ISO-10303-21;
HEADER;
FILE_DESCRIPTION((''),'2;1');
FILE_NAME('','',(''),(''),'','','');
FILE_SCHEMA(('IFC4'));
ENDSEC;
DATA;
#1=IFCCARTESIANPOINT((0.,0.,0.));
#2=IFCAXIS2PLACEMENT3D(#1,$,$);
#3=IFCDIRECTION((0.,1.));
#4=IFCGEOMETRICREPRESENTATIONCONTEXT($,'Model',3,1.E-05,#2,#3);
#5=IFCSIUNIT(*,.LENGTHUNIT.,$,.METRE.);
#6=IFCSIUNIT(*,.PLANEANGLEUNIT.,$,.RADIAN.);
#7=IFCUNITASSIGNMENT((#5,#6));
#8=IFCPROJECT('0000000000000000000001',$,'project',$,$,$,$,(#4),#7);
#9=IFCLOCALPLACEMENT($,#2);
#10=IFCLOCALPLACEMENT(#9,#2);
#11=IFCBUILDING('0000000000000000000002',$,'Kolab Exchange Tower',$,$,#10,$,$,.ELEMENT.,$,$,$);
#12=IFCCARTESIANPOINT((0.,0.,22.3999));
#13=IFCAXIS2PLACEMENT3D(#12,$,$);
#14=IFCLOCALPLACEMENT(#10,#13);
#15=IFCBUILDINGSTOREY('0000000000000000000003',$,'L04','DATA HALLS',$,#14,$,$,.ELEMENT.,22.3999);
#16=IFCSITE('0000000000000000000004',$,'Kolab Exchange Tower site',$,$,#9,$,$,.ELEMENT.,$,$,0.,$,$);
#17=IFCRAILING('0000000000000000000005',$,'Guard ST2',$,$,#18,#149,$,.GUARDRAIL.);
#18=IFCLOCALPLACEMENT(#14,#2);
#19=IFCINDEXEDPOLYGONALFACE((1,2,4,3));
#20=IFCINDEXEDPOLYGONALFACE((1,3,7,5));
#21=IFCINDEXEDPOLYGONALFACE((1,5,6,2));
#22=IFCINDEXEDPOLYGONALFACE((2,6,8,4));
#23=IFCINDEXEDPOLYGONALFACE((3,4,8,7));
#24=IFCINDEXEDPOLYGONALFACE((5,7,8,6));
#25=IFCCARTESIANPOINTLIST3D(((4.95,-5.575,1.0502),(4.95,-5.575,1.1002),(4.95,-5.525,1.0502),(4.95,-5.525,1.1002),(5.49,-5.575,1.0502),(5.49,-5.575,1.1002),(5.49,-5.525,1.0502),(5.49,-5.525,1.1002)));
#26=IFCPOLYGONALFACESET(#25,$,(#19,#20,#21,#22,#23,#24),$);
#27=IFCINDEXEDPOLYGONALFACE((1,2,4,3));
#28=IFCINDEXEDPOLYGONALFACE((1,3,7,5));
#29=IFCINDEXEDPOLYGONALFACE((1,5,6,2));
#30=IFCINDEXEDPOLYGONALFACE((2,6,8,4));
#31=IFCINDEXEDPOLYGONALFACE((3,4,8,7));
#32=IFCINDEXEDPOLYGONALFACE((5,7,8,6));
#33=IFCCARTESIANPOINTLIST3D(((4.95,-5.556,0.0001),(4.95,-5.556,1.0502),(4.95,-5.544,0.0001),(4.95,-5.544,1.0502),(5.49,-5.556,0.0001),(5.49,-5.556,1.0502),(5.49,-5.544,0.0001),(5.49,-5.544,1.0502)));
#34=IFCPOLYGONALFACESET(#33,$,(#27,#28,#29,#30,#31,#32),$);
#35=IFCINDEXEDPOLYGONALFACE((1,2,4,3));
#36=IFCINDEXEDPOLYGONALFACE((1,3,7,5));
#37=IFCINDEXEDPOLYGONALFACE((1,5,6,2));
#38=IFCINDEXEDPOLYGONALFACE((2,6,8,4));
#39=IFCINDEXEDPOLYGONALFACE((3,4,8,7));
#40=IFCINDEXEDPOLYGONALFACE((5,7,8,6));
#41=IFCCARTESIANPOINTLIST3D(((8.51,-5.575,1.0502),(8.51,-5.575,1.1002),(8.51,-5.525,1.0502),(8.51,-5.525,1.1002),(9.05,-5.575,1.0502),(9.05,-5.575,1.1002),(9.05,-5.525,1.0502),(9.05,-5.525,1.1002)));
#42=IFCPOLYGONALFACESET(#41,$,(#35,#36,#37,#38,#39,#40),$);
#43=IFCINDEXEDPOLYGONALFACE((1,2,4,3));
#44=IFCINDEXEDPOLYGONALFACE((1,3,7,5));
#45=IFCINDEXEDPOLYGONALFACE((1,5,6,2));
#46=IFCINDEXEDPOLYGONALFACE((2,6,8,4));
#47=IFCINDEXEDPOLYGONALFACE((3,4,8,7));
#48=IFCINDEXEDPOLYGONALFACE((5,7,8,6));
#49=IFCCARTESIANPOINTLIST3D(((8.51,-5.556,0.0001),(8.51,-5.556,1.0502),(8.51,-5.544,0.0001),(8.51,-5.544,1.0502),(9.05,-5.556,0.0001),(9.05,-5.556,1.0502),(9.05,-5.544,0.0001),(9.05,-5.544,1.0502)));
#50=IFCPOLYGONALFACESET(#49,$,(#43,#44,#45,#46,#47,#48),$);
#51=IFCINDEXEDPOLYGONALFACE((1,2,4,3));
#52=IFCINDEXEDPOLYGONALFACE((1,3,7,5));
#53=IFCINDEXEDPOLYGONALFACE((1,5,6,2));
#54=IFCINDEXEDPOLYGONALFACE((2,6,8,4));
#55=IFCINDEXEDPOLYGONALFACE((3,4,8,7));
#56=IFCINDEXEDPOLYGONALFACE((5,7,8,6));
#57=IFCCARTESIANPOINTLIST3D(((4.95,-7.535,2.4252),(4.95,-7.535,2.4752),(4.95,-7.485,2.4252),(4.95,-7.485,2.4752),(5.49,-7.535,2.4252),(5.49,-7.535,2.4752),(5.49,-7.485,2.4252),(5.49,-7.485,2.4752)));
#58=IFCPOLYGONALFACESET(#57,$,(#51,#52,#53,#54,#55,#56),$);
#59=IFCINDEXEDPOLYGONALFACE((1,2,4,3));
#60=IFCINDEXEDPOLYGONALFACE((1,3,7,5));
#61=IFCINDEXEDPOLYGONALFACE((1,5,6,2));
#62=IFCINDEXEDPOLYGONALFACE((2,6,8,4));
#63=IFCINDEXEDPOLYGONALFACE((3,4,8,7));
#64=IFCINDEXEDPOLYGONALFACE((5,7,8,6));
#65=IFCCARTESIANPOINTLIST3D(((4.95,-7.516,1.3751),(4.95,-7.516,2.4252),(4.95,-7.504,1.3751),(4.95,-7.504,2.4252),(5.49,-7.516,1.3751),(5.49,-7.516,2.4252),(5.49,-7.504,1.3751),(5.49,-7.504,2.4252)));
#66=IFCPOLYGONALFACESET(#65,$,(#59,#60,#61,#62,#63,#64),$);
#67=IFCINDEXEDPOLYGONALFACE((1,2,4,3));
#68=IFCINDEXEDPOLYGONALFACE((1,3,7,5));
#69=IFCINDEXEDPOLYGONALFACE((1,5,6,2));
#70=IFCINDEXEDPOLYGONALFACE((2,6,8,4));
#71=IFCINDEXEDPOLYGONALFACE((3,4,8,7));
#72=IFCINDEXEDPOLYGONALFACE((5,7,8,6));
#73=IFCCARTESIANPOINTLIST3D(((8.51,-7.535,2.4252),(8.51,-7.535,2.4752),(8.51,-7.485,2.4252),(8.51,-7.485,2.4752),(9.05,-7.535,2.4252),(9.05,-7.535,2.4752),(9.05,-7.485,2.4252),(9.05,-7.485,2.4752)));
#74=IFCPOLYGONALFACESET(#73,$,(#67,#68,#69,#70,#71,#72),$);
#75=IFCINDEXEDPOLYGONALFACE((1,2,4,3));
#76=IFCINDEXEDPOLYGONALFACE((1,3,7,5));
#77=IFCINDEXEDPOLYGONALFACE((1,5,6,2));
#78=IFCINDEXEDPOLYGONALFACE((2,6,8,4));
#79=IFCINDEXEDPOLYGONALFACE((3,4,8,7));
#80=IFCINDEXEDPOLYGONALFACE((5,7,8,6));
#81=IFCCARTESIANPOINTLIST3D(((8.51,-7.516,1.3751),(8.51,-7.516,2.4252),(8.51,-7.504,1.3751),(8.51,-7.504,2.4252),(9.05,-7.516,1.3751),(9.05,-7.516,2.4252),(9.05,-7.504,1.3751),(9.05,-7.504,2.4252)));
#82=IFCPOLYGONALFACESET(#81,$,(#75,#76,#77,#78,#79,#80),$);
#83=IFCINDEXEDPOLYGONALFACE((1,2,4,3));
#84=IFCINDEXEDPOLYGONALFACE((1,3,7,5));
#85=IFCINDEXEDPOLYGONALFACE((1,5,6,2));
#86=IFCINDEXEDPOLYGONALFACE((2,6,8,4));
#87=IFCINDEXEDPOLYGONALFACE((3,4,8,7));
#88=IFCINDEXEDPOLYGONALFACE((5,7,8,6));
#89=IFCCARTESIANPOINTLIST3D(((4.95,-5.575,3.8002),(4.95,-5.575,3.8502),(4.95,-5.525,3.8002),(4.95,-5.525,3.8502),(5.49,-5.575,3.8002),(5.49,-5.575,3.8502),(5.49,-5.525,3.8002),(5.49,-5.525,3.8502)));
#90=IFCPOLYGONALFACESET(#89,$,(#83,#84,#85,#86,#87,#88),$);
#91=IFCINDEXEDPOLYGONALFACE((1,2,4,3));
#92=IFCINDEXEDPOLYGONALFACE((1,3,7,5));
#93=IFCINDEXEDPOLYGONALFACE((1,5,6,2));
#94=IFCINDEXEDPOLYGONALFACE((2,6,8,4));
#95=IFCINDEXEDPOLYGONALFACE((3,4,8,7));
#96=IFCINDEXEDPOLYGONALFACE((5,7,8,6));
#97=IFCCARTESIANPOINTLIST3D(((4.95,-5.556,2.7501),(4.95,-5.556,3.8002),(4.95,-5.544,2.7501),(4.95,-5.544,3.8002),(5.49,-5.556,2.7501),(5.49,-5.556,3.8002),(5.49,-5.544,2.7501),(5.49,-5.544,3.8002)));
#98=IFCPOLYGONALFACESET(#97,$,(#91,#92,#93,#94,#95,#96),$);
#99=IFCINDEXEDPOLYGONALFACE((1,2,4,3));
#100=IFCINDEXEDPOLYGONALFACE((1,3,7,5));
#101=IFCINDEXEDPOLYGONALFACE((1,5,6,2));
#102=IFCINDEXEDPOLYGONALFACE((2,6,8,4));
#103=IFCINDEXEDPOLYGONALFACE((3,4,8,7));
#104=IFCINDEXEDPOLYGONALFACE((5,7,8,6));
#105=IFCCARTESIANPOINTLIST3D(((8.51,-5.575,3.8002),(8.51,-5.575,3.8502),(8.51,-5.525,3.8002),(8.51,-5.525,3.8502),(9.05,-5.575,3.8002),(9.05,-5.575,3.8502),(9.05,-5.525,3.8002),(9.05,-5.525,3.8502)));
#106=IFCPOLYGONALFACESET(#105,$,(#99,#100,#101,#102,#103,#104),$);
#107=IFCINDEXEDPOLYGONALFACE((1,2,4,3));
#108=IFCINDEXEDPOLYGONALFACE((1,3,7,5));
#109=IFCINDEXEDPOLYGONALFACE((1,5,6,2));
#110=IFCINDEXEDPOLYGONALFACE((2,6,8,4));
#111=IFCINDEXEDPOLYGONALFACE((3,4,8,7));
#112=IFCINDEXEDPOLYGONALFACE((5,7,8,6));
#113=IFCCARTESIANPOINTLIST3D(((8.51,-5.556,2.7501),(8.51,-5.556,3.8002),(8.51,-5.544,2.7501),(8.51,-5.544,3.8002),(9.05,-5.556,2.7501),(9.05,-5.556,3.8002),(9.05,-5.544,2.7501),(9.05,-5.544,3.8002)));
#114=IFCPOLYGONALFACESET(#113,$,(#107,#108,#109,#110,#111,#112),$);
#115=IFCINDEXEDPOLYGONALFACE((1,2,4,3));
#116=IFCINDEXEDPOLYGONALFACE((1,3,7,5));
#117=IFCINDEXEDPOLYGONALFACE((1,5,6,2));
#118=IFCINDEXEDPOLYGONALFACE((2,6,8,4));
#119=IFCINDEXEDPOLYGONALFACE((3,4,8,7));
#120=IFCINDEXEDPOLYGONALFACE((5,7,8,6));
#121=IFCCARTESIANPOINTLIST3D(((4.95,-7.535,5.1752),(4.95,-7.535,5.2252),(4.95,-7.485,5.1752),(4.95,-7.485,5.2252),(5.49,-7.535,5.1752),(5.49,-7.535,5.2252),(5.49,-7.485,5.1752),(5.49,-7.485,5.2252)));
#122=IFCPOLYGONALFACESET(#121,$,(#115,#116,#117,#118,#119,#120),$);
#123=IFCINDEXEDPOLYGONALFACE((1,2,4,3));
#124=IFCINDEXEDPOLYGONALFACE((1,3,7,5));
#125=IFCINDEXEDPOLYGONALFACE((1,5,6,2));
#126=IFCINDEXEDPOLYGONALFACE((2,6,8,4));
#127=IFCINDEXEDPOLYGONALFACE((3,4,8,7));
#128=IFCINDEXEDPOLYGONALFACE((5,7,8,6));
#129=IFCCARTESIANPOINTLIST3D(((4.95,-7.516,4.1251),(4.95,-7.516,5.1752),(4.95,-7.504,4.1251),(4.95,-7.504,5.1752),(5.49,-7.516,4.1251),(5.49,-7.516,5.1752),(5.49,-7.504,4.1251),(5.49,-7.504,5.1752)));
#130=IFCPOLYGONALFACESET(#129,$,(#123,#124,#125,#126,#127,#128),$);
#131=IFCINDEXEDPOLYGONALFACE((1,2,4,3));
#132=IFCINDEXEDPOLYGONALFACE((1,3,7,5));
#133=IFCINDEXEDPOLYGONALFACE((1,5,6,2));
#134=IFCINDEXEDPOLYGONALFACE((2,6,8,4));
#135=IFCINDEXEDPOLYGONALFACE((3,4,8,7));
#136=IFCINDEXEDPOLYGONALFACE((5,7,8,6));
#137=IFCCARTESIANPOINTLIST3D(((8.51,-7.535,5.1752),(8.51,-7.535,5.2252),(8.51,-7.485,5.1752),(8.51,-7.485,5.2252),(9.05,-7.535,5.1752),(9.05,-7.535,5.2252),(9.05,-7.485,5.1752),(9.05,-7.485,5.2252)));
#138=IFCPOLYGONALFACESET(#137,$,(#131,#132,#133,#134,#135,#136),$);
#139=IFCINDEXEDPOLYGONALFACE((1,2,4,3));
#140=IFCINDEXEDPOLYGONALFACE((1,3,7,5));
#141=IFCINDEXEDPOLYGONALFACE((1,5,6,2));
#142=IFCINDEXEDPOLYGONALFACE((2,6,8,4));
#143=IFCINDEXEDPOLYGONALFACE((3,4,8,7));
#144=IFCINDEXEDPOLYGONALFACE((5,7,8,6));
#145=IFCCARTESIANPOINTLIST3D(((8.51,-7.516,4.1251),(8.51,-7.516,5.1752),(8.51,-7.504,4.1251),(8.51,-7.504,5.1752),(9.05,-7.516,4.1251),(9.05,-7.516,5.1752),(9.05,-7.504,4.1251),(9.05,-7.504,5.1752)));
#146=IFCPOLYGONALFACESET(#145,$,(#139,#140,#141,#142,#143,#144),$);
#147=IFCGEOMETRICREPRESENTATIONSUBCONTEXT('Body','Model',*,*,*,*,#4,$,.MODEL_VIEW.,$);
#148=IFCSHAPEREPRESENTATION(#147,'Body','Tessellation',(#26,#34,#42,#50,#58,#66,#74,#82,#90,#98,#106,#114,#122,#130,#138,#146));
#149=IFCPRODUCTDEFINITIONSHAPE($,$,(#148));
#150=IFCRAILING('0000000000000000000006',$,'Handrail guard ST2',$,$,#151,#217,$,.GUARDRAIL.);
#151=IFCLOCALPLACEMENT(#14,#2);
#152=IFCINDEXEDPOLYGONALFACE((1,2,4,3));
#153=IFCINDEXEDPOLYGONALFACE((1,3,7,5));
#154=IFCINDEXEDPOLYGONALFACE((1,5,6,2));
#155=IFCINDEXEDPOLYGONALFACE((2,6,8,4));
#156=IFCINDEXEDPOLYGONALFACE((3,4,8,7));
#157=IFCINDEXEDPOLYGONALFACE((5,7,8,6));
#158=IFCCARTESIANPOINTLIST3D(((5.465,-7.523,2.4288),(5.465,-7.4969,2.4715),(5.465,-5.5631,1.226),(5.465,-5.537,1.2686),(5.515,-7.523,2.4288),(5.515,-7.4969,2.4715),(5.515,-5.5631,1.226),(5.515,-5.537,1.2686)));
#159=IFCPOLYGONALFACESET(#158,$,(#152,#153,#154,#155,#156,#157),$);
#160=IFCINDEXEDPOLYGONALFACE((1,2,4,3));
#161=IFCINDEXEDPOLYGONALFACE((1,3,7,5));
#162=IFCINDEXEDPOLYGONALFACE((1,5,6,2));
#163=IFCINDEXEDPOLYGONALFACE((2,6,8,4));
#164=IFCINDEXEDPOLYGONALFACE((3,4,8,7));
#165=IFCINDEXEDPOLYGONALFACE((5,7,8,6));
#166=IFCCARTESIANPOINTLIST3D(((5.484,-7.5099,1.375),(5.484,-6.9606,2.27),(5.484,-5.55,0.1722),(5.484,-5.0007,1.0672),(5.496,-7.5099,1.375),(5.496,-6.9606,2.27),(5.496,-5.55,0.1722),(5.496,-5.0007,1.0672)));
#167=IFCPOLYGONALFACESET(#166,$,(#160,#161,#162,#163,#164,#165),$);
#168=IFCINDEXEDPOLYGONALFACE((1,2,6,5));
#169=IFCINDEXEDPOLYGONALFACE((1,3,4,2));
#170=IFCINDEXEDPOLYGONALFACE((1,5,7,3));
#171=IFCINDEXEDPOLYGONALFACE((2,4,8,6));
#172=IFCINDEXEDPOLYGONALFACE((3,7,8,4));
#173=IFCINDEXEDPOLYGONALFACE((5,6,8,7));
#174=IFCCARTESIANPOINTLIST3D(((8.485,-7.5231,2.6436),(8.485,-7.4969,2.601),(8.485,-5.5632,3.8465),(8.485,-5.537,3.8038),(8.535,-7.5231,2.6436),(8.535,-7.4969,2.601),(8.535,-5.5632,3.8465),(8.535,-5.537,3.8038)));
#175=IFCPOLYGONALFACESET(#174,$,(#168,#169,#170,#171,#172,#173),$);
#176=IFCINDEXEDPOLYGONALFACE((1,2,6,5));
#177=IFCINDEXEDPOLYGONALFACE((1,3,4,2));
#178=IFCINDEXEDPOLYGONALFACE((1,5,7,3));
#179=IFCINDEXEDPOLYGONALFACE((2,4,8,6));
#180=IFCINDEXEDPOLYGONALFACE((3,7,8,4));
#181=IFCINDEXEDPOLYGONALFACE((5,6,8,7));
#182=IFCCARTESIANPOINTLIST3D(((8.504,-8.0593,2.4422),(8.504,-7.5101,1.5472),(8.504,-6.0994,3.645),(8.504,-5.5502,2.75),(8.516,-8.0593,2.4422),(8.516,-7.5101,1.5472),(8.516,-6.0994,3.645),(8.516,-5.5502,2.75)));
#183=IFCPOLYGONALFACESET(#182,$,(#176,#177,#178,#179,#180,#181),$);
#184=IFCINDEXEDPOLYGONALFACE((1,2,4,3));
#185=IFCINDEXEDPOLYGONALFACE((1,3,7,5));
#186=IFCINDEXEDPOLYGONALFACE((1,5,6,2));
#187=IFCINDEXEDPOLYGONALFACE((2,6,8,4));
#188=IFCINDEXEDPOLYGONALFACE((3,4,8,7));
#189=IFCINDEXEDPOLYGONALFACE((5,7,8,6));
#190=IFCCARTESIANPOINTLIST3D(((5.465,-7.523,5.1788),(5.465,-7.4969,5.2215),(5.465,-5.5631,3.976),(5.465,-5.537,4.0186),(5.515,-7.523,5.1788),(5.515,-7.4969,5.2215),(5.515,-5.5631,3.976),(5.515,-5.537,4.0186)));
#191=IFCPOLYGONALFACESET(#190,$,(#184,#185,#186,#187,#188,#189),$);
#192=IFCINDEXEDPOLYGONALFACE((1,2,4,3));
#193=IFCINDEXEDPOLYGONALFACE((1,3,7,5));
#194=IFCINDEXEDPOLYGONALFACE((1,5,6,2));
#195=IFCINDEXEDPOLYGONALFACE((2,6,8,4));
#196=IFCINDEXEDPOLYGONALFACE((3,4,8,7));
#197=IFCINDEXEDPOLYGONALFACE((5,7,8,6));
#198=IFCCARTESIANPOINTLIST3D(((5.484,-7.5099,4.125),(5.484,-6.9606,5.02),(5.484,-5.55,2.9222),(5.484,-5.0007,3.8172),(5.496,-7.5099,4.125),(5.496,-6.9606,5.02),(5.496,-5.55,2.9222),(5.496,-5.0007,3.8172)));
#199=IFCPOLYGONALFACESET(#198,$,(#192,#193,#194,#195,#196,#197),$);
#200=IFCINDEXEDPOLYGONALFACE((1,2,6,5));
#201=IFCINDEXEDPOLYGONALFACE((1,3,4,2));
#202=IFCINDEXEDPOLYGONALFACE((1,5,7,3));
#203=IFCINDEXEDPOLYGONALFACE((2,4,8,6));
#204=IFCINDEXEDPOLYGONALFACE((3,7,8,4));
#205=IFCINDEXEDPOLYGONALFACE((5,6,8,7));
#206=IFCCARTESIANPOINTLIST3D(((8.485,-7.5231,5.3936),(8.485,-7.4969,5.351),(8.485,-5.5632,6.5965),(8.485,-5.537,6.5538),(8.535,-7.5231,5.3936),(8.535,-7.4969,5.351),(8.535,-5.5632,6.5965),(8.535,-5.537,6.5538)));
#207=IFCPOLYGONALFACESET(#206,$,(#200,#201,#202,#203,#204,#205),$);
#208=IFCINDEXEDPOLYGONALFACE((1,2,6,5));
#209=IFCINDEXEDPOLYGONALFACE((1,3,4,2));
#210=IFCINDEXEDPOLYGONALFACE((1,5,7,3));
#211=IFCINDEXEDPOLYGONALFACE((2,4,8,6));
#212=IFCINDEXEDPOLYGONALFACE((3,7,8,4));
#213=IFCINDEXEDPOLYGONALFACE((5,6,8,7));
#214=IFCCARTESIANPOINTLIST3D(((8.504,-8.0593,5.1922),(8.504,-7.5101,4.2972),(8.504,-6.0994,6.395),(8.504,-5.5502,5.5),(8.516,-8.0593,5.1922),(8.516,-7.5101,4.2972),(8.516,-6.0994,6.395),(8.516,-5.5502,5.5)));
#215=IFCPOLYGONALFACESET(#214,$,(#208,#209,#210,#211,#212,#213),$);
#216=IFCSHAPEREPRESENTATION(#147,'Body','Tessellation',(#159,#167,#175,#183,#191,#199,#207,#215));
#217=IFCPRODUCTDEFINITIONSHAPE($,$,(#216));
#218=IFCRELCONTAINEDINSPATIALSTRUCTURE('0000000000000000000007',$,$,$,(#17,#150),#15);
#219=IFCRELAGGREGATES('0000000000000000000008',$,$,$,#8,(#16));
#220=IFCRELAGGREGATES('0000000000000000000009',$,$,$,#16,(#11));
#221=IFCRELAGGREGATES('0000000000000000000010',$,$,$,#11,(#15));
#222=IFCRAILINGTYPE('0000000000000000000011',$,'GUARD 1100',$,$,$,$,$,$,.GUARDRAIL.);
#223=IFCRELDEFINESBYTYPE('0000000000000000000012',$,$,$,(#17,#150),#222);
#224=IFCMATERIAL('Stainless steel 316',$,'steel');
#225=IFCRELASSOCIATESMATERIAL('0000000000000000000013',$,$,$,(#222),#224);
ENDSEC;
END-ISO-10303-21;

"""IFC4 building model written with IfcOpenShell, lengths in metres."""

from ifc_helpers import new_model, si_unit, direction, frame, frame_2d, origin, origin_2d, place, context, subcontext, project, spatial, rectangle, extrude, material, type_object, element, save


model = new_model("IFC4")

# Units and contexts
model_context = context("Model", 3, precision=1e-05, world=origin(), true_north=direction((0.0, 1.0)))
body_context = subcontext(model_context, "Body", "Model", "MODEL_VIEW")
ifc_project = project(units=[si_unit("LENGTHUNIT", "METRE"), si_unit("PLANEANGLEUNIT", "RADIAN")], contexts=[model_context])

# Site, building, storey
site_placement = place(None, origin())
site = spatial("IfcSite", under=ifc_project, at=site_placement, Name="Kolab Exchange Tower site", CompositionType="ELEMENT", RefElevation=0.0)
building_placement = place(site_placement, origin())
building = spatial("IfcBuilding", under=site, at=building_placement, Name="Kolab Exchange Tower", CompositionType="ELEMENT")
storey_placement = place(building_placement, frame((0.0, 0.0, 22.3999)))
storey = spatial("IfcBuildingStorey", under=building, at=storey_placement, Name="L04", Description="DATA HALLS", CompositionType="ELEMENT", Elevation=22.3999)

# Shared definitions
ifc_material_1 = material(Name="Stainless steel 316", Category="steel")

# Railings
railing_type = type_object("IfcRailingType", Name="GUARD 1100", PredefinedType="GUARDRAIL", material=ifc_material_1)
railing_1_placement = place(storey_placement, frame((4.95, -5.55, 0.0)))
element("IfcRailing", 1, at=railing_1_placement, inside=storey, type_object=railing_type, Name="Guard ST2", PredefinedType="GUARDRAIL", context=body_context, shape_type="SweptSolid", body=[
    extrude(rectangle(XDim=0.05, YDim=0.05, at=origin_2d()), frame((0.0, 0.0, 1.0752), z_axis=(1.0, 0.0, 0.0), x_axis=(0.0, 1.0, 0.0)), (0.0, 0.0, 1.0), 0.54),
    extrude(rectangle(XDim=0.012, YDim=1.0501, at=frame_2d((0.0, 0.5251))), frame((0.0, 0.0, 0.0), z_axis=(1.0, 0.0, 0.0), x_axis=(0.0, 1.0, 0.0)), (0.0, 0.0, 1.0), 0.54),
    extrude(rectangle(XDim=0.05, YDim=0.05, at=origin_2d()), frame((3.5601, 0.0, 1.0752), z_axis=(1.0, 0.0, 0.0), x_axis=(0.0, 1.0, 0.0)), (0.0, 0.0, 1.0), 0.54),
    extrude(rectangle(XDim=0.012, YDim=1.0501, at=frame_2d((0.0, 0.5251))), frame((3.5601, 0.0, 0.0), z_axis=(1.0, 0.0, 0.0), x_axis=(0.0, 1.0, 0.0)), (0.0, 0.0, 1.0), 0.54),
    extrude(rectangle(XDim=0.05, YDim=0.05, at=origin_2d()), frame((0.0, -1.96, 2.4502), z_axis=(1.0, 0.0, 0.0), x_axis=(0.0, 1.0, 0.0)), (0.0, 0.0, 1.0), 0.54),
    extrude(rectangle(XDim=0.012, YDim=1.0501, at=frame_2d((0.0, 0.5251))), frame((0.0, -1.96, 1.375), z_axis=(1.0, 0.0, 0.0), x_axis=(0.0, 1.0, 0.0)), (0.0, 0.0, 1.0), 0.54),
    extrude(rectangle(XDim=0.05, YDim=0.05, at=origin_2d()), frame((3.5601, -1.96, 2.4502), z_axis=(1.0, 0.0, 0.0), x_axis=(0.0, 1.0, 0.0)), (0.0, 0.0, 1.0), 0.54),
    extrude(rectangle(XDim=0.012, YDim=1.0501, at=frame_2d((0.0, 0.5251))), frame((3.5601, -1.96, 1.375), z_axis=(1.0, 0.0, 0.0), x_axis=(0.0, 1.0, 0.0)), (0.0, 0.0, 1.0), 0.54),
    extrude(rectangle(XDim=0.05, YDim=0.05, at=origin_2d()), frame((0.0, 0.0, 3.8252), z_axis=(1.0, 0.0, 0.0), x_axis=(0.0, 1.0, 0.0)), (0.0, 0.0, 1.0), 0.54),
    extrude(rectangle(XDim=0.012, YDim=1.0501, at=frame_2d((0.0, 0.5251))), frame((0.0, 0.0, 2.75), z_axis=(1.0, 0.0, 0.0), x_axis=(0.0, 1.0, 0.0)), (0.0, 0.0, 1.0), 0.54),
    extrude(rectangle(XDim=0.05, YDim=0.05, at=origin_2d()), frame((3.5601, 0.0, 3.8252), z_axis=(1.0, 0.0, 0.0), x_axis=(0.0, 1.0, 0.0)), (0.0, 0.0, 1.0), 0.54),
    extrude(rectangle(XDim=0.012, YDim=1.0501, at=frame_2d((0.0, 0.5251))), frame((3.5601, 0.0, 2.75), z_axis=(1.0, 0.0, 0.0), x_axis=(0.0, 1.0, 0.0)), (0.0, 0.0, 1.0), 0.54),
    extrude(rectangle(XDim=0.05, YDim=0.05, at=origin_2d()), frame((0.0, -1.96, 5.2002), z_axis=(1.0, 0.0, 0.0), x_axis=(0.0, 1.0, 0.0)), (0.0, 0.0, 1.0), 0.54),
    extrude(rectangle(XDim=0.012, YDim=1.0501, at=frame_2d((0.0, 0.5251))), frame((0.0, -1.96, 4.125), z_axis=(1.0, 0.0, 0.0), x_axis=(0.0, 1.0, 0.0)), (0.0, 0.0, 1.0), 0.54),
    extrude(rectangle(XDim=0.05, YDim=0.05, at=origin_2d()), frame((3.5601, -1.96, 5.2002), z_axis=(1.0, 0.0, 0.0), x_axis=(0.0, 1.0, 0.0)), (0.0, 0.0, 1.0), 0.54),
    extrude(rectangle(XDim=0.012, YDim=1.0501, at=frame_2d((0.0, 0.5251))), frame((3.5601, -1.96, 4.125), z_axis=(1.0, 0.0, 0.0), x_axis=(0.0, 1.0, 0.0)), (0.0, 0.0, 1.0), 0.54),
])
railing_2_placement = place(storey_placement, frame((5.49, -5.55, 0.1721)))
element("IfcRailing", 2, at=railing_2_placement, inside=storey, type_object=railing_type, Name="Handrail guard ST2", PredefinedType="GUARDRAIL", context=body_context, shape_type="SweptSolid", body=[
    extrude(rectangle(XDim=0.05, YDim=0.05, at=origin_2d()), frame((0.0, 0.0, 1.0752), z_axis=(0.0, -0.852288, 0.523072), x_axis=(1.0, 0.0, 0.0)), (0.0, 0.0, 1.0), 2.2996),
    extrude(rectangle(XDim=0.012, YDim=1.0501, at=frame_2d((0.0, 0.5251))), frame((0.0, 0.0, 0.0), z_axis=(0.0, -0.852288, 0.523072), x_axis=(1.0, 0.0, 0.0)), (0.0, 0.0, 1.0), 2.2996),
    extrude(rectangle(XDim=0.05, YDim=0.05, at=origin_2d()), frame((3.02, -1.96, 2.4502), z_axis=(0.0, 0.852288, 0.523072), x_axis=(-1.0, 0.0, 0.0)), (0.0, 0.0, 1.0), 2.2996),
    extrude(rectangle(XDim=0.012, YDim=1.0501, at=frame_2d((0.0, 0.5251))), frame((3.02, -1.96, 1.375), z_axis=(0.0, 0.852288, 0.523072), x_axis=(-1.0, 0.0, 0.0)), (0.0, 0.0, 1.0), 2.2996),
    extrude(rectangle(XDim=0.05, YDim=0.05, at=origin_2d()), frame((0.0, 0.0, 3.8252), z_axis=(0.0, -0.852288, 0.523072), x_axis=(1.0, 0.0, 0.0)), (0.0, 0.0, 1.0), 2.2996),
    extrude(rectangle(XDim=0.012, YDim=1.0501, at=frame_2d((0.0, 0.5251))), frame((0.0, 0.0, 2.75), z_axis=(0.0, -0.852288, 0.523072), x_axis=(1.0, 0.0, 0.0)), (0.0, 0.0, 1.0), 2.2996),
    extrude(rectangle(XDim=0.05, YDim=0.05, at=origin_2d()), frame((3.02, -1.96, 5.2002), z_axis=(0.0, 0.852288, 0.523072), x_axis=(-1.0, 0.0, 0.0)), (0.0, 0.0, 1.0), 2.2996),
    extrude(rectangle(XDim=0.012, YDim=1.0501, at=frame_2d((0.0, 0.5251))), frame((3.02, -1.96, 4.125), z_axis=(0.0, 0.852288, 0.523072), x_axis=(-1.0, 0.0, 0.0)), (0.0, 0.0, 1.0), 2.2996),
])

save(model, "model.ifc")
